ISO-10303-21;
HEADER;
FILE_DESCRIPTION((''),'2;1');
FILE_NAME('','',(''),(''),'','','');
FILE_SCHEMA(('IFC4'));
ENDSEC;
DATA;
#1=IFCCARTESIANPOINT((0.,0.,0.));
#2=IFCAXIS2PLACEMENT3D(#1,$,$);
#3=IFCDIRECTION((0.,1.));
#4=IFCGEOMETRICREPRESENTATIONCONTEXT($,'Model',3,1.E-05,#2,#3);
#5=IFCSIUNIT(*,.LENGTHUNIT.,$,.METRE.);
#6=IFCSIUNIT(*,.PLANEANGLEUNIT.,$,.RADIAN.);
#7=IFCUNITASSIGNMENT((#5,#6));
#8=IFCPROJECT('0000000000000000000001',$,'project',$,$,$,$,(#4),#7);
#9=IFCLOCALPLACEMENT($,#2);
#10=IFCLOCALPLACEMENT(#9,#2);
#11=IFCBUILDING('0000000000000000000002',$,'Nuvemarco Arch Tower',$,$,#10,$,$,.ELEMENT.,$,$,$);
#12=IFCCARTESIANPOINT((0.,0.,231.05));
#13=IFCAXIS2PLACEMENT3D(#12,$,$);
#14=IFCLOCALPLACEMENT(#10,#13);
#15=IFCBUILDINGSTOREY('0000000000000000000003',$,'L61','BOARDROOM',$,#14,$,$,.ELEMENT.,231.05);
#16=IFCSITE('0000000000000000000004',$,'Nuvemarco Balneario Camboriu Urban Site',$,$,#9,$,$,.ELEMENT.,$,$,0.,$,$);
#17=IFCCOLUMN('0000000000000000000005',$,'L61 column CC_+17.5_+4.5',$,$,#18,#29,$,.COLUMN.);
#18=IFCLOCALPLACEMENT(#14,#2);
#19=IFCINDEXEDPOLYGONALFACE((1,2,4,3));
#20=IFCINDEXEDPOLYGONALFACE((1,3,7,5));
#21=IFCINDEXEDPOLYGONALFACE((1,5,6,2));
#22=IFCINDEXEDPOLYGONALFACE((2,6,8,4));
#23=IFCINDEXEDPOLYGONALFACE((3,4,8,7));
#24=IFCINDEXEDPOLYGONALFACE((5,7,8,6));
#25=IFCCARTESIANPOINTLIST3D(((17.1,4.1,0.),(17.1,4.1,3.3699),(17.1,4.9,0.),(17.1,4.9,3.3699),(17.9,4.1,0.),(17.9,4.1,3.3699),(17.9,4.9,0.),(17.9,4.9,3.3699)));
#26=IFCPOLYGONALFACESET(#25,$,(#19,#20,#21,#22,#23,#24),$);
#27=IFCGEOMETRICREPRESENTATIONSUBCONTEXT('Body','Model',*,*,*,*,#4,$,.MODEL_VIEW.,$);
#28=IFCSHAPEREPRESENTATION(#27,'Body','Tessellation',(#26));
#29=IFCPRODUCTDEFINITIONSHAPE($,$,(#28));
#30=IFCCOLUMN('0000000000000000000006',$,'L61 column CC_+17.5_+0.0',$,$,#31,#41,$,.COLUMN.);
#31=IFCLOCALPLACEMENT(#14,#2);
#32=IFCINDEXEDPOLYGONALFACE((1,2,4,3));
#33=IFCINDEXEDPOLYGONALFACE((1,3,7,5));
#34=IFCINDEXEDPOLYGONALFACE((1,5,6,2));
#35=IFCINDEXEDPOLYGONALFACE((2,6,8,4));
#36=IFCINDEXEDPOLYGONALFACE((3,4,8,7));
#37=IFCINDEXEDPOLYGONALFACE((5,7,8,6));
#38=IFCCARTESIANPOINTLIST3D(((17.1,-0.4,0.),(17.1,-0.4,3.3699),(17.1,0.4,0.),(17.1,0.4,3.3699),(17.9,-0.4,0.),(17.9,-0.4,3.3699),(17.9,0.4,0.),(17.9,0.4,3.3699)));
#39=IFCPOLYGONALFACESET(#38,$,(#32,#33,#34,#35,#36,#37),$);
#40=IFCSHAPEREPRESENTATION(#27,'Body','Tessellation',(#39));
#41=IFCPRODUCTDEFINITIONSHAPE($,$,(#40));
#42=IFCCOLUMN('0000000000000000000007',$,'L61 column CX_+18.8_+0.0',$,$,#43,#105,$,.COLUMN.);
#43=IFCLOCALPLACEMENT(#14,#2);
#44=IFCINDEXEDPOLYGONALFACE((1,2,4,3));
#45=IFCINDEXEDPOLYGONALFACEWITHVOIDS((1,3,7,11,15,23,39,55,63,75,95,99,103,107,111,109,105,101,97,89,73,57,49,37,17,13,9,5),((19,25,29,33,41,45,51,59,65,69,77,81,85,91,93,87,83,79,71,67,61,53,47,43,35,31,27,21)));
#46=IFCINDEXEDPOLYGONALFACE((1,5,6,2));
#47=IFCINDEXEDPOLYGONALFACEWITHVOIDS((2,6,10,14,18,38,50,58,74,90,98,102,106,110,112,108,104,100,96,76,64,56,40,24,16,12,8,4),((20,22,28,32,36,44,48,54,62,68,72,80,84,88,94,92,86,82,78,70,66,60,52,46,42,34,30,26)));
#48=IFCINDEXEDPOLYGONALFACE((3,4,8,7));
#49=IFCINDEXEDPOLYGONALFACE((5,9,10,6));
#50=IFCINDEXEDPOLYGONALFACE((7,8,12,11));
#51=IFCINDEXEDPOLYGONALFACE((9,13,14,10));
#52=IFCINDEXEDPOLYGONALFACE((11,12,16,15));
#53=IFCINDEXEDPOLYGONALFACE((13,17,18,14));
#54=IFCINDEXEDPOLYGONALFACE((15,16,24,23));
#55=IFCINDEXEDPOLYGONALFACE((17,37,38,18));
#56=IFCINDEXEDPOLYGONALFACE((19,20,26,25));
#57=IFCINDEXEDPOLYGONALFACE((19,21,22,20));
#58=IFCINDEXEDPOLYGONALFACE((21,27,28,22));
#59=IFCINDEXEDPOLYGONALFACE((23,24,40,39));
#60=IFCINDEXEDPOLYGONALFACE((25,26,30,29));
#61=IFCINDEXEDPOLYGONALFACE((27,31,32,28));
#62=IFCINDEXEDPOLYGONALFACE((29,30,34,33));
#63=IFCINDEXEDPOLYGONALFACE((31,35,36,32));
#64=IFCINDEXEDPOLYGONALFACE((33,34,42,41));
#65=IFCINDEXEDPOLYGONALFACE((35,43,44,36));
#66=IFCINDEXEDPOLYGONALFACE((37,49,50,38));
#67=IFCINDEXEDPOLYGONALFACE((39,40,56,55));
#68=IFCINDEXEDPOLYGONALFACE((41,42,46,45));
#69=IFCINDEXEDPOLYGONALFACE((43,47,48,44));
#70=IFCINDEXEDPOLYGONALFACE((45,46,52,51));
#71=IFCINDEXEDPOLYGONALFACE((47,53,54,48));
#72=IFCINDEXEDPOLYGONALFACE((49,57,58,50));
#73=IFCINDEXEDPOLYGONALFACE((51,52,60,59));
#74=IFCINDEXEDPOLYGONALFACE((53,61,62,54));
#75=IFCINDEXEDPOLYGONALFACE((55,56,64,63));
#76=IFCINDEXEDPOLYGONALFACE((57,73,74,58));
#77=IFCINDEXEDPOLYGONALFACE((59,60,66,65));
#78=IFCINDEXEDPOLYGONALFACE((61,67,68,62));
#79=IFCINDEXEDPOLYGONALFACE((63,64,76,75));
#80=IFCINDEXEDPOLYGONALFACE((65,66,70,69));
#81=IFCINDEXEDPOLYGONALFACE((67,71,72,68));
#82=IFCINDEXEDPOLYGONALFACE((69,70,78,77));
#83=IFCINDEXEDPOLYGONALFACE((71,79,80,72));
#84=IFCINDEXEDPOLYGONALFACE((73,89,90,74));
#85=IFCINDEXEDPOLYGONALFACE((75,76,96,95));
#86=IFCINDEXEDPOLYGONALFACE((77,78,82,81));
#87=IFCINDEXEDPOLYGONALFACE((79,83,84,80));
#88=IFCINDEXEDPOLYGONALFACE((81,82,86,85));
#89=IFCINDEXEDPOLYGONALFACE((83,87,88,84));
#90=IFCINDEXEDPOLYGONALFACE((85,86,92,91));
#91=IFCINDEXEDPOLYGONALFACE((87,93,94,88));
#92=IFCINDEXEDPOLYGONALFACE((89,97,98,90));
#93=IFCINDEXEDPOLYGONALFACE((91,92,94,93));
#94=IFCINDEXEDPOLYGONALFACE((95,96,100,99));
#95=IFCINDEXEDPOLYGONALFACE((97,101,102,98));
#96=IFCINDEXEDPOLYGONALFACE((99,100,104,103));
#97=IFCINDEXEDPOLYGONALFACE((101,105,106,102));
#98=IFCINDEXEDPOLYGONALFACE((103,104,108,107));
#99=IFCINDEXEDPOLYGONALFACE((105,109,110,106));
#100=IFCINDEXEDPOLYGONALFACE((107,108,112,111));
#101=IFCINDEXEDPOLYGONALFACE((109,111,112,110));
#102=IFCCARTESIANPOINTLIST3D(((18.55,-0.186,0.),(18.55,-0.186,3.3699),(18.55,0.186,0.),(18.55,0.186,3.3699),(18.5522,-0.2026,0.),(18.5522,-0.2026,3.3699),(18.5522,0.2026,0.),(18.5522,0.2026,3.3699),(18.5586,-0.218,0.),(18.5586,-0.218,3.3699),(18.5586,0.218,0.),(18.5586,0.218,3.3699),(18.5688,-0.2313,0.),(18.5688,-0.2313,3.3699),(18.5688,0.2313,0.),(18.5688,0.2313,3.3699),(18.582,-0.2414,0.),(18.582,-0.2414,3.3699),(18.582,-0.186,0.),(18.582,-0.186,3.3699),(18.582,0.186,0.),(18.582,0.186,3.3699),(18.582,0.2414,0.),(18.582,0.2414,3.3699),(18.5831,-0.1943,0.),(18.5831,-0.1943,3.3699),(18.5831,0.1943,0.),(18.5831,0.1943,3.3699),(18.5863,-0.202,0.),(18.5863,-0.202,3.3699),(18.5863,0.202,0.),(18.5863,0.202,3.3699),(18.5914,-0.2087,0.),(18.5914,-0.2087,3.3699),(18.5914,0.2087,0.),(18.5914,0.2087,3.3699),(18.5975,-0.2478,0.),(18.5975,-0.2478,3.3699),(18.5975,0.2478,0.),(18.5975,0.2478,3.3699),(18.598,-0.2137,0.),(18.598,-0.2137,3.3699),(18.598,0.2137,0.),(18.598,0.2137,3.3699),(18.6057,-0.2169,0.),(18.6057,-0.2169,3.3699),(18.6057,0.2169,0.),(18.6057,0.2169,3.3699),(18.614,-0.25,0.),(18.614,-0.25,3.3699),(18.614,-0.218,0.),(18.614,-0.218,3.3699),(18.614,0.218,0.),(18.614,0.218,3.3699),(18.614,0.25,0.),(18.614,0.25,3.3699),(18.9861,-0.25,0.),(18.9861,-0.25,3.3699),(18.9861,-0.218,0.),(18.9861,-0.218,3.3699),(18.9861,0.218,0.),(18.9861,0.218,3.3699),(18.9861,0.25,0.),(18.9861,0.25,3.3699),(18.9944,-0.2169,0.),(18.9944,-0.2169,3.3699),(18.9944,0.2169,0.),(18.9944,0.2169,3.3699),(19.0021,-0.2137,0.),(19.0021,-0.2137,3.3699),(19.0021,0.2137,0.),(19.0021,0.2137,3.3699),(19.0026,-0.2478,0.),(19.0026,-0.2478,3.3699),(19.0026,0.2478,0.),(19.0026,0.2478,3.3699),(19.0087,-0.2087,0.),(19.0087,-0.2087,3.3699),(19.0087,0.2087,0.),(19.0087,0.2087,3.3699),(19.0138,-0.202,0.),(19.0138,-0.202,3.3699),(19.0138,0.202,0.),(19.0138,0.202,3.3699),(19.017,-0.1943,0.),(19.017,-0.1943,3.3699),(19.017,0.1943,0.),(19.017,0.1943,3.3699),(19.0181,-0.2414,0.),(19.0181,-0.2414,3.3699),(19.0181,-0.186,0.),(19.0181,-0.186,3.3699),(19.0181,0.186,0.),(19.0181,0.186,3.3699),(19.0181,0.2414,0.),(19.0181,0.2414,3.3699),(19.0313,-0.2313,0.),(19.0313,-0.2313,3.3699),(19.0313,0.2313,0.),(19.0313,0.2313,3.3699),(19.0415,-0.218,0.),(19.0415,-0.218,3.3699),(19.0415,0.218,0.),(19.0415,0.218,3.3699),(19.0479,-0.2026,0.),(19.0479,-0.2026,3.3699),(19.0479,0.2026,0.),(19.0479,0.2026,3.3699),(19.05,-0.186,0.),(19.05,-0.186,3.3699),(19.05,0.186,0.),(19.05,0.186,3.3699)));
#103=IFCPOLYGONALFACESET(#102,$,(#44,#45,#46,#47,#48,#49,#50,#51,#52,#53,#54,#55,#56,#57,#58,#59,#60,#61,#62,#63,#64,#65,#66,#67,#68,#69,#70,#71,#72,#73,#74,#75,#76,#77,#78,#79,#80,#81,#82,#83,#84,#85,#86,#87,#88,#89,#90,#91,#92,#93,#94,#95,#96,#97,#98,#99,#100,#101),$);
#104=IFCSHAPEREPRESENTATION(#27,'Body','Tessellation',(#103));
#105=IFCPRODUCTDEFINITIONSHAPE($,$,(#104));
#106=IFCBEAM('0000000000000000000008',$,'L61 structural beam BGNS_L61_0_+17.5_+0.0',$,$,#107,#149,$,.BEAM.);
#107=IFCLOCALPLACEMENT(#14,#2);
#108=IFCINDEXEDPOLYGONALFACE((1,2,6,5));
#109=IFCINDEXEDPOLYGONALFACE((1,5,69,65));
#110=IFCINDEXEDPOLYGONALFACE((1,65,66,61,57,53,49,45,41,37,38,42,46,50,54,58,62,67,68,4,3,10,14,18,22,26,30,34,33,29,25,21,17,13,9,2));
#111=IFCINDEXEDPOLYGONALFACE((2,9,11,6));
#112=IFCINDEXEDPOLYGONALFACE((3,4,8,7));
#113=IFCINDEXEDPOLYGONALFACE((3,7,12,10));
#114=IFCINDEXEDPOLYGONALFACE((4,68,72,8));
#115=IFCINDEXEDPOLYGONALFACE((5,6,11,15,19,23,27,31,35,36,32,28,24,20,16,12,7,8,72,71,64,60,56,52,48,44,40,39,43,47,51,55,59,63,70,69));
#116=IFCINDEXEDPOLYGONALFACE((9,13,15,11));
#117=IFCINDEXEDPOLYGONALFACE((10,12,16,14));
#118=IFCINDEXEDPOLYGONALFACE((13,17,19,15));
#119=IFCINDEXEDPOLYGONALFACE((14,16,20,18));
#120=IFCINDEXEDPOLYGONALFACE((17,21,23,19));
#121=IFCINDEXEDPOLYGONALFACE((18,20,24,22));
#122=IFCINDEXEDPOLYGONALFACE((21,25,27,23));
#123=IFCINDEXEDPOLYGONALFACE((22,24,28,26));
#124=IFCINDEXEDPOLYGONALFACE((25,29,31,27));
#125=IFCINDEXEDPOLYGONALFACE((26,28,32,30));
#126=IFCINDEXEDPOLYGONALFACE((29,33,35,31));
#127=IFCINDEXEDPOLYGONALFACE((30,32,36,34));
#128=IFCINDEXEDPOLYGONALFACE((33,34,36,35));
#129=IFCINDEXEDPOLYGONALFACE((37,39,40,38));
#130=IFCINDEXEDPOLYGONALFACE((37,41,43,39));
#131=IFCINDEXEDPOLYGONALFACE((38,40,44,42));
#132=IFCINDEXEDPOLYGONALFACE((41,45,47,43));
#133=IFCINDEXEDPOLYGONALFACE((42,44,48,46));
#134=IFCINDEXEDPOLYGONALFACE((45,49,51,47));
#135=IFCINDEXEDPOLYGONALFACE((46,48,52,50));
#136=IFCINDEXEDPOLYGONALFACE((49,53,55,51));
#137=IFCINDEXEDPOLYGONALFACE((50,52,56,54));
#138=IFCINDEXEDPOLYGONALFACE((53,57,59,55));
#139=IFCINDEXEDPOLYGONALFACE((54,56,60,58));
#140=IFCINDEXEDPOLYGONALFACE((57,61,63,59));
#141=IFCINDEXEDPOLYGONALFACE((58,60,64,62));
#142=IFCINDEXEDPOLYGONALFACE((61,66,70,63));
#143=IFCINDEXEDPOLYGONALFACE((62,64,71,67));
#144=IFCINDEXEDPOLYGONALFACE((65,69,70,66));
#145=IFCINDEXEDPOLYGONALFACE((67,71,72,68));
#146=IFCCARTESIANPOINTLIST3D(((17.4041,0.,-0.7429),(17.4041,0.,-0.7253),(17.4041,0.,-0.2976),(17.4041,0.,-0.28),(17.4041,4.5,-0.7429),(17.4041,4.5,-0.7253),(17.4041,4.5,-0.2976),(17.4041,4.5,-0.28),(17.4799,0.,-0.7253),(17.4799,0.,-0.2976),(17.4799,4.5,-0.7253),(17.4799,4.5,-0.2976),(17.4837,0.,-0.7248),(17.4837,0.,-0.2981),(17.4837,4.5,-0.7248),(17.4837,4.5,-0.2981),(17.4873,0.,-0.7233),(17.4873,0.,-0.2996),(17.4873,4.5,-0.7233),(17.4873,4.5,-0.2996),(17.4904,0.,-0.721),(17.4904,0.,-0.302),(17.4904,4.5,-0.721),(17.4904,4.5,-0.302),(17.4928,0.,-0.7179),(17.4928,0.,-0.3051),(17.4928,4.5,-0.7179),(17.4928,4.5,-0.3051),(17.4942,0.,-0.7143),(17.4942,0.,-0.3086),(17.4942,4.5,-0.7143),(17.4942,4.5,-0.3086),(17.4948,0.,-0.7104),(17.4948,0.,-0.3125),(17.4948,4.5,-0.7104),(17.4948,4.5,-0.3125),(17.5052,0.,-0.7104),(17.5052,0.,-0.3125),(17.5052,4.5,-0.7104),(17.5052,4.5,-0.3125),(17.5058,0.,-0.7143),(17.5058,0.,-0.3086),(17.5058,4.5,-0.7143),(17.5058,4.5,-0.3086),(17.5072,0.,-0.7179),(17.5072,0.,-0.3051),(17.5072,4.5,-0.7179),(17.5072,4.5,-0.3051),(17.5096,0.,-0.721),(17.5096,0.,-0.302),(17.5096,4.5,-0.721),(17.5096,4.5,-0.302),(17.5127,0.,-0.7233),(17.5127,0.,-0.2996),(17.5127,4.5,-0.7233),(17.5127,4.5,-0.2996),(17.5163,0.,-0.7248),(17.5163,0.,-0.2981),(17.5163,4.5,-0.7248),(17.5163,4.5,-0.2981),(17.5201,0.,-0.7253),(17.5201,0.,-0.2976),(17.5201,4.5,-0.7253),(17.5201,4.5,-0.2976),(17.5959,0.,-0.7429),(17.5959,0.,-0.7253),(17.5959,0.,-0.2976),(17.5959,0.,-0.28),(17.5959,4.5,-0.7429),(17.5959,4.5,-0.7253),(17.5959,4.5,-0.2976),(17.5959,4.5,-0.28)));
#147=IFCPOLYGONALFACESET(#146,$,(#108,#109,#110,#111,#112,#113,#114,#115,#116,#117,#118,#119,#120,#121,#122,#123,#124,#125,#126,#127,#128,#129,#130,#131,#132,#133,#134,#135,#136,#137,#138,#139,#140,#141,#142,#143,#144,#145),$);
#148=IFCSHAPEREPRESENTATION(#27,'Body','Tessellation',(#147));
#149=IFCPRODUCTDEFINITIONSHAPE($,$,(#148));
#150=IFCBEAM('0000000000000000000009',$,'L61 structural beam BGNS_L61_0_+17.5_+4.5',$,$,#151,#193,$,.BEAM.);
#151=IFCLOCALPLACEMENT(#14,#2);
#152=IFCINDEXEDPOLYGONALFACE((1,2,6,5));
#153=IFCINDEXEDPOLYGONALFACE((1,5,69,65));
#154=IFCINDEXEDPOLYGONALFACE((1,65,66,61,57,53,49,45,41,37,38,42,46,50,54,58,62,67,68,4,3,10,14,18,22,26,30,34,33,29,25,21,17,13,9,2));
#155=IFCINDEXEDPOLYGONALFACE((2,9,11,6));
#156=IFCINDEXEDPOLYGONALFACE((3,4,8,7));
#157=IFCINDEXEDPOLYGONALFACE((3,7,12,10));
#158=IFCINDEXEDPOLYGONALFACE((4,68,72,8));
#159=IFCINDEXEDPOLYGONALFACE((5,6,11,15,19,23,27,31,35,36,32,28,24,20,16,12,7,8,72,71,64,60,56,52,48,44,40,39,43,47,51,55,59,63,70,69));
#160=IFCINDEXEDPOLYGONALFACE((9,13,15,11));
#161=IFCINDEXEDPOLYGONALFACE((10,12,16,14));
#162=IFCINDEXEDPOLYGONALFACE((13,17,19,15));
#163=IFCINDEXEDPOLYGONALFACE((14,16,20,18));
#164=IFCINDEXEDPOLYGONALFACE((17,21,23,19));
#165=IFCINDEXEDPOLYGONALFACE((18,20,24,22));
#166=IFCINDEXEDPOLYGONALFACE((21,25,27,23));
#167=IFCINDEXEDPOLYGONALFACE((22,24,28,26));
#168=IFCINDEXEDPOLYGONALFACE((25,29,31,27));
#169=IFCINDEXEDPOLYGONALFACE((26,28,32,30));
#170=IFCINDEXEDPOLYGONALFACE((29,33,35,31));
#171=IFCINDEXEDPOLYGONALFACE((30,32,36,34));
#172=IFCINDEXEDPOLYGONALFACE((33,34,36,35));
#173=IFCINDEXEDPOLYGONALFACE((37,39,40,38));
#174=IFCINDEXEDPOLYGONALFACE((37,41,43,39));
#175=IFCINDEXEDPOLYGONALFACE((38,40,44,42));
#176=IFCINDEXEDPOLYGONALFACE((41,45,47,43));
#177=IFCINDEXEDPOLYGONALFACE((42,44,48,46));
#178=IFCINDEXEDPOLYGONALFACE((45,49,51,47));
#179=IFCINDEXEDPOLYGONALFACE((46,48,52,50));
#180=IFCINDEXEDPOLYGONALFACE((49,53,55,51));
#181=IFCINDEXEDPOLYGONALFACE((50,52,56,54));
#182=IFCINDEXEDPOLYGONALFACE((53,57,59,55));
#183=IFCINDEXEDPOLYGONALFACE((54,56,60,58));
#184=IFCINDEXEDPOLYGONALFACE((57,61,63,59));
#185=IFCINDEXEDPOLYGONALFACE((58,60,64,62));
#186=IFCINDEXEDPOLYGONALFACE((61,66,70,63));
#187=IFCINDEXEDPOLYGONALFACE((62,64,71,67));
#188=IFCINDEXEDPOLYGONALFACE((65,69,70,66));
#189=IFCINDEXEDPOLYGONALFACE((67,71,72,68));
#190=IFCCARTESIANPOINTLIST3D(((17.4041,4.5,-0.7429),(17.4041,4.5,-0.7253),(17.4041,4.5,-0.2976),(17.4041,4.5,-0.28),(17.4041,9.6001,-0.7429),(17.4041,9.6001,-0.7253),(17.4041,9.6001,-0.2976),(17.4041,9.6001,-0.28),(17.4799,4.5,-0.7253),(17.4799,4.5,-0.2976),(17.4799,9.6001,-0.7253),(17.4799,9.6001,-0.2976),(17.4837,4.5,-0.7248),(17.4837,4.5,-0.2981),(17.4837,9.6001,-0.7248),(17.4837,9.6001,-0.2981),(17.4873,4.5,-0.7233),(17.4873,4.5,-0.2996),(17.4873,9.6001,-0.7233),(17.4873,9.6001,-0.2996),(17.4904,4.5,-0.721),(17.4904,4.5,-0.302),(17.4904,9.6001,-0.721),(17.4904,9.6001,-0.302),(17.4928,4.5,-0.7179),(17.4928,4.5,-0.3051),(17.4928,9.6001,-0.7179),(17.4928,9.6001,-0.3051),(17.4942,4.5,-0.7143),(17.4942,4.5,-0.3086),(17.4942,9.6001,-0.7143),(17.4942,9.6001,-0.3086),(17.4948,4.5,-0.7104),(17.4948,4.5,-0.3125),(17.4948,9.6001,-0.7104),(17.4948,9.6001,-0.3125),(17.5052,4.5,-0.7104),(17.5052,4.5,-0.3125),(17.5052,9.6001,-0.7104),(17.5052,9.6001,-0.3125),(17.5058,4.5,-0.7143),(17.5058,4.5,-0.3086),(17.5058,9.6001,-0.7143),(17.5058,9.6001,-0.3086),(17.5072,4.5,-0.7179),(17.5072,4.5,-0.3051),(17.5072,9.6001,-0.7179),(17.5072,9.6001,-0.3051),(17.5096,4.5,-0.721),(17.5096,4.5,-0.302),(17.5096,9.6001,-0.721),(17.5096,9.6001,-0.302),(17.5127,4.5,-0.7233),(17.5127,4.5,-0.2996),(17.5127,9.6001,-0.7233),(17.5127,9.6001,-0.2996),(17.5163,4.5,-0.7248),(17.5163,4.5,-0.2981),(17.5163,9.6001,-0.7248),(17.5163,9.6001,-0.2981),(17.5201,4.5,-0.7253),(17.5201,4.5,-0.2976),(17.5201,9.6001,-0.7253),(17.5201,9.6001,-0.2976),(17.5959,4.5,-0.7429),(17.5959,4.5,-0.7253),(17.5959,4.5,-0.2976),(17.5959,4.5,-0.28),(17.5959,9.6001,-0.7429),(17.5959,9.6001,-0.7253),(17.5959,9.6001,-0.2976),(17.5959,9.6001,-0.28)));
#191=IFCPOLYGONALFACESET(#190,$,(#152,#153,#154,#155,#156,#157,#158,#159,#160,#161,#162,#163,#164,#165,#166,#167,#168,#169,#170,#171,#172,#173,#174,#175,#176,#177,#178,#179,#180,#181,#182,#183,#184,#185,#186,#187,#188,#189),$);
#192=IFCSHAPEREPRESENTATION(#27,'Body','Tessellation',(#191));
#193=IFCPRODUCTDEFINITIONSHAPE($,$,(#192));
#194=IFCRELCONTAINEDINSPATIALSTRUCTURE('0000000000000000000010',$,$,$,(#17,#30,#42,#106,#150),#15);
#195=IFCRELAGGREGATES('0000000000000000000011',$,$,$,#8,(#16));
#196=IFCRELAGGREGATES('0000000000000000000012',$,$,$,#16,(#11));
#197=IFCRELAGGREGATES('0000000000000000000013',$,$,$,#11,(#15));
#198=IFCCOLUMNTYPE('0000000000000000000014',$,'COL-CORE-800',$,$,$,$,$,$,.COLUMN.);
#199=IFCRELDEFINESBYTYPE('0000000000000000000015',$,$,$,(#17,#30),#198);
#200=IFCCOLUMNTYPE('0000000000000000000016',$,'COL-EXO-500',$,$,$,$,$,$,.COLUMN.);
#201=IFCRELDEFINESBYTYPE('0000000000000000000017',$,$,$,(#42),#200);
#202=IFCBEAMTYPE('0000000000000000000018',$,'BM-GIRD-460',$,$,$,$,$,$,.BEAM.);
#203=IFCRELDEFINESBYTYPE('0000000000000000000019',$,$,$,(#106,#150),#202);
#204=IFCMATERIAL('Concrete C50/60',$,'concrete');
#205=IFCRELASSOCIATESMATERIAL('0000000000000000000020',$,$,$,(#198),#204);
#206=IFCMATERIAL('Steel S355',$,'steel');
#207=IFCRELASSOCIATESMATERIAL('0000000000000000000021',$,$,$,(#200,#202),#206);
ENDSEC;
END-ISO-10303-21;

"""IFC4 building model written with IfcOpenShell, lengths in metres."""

from ifc_helpers import new_model, si_unit, direction, frame, origin, origin_2d, place, context, subcontext, project, spatial, rectangle, hollow_rectangle, i_section, extrude, material, material_profile, profile_set, type_object, element, save


model = new_model("IFC4")

# Units and contexts
model_context = context("Model", 3, precision=1e-05, world=origin(), true_north=direction((0.0, 1.0)))
body_context = subcontext(model_context, "Body", "Model", "MODEL_VIEW")
ifc_project = project(units=[si_unit("LENGTHUNIT", "METRE"), si_unit("PLANEANGLEUNIT", "RADIAN")], contexts=[model_context])

# Site, building, storey
site_placement = place(None, origin())
site = spatial("IfcSite", under=ifc_project, at=site_placement, Name="Nuvemarco Balneario Camboriu Urban Site", CompositionType="ELEMENT", RefElevation=0.0)
building_placement = place(site_placement, origin())
building = spatial("IfcBuilding", under=site, at=building_placement, Name="Nuvemarco Arch Tower", CompositionType="ELEMENT")
storey_placement = place(building_placement, frame((0.0, 0.0, 231.05)))
storey = spatial("IfcBuildingStorey", under=building, at=storey_placement, Name="L61", Description="BOARDROOM", CompositionType="ELEMENT", Elevation=231.05)

# Columns
ifc_material_1 = material(Name="Concrete C50/60", Category="concrete")
ifc_material_profile_1 = material_profile(ifc_material_1, rectangle(XDim=0.8, YDim=0.8, at=origin_2d()), Name="RC-COL-800x800")
ifc_profile_set_1 = profile_set([ifc_material_profile_1], Name="Concrete C50/60")
column_type_1 = type_object("IfcColumnType", Name="COL-CORE-800", PredefinedType="COLUMN", material=ifc_profile_set_1)
for number, where, z_axis, x_axis, name in (
    (1, (17.5, 4.5, 0.0), (0.0, 0.0, 1.0), (1.0, 0.0, 0.0), "L61 column CC_+17.5_+4.5"),
    (2, (17.5, 0.0, 0.0), (0.0, 0.0, 1.0), (1.0, 0.0, 0.0), "L61 column CC_+17.5_+0.0"),
):
    element("IfcColumn", number, at=place(storey_placement, frame(where, z_axis=z_axis, x_axis=x_axis)), inside=storey, type_object=column_type_1, Name=name, PredefinedType="COLUMN", context=body_context, shape_type="SweptSolid", body=[
        extrude(rectangle(XDim=0.8, YDim=0.8, at=origin_2d()), origin(), (0.0, 0.0, 1.0), 3.3699),
    ])
ifc_material_2 = material(Name="Steel S355", Category="steel")
ifc_material_profile_2 = material_profile(ifc_material_2, hollow_rectangle(XDim=0.5, YDim=0.5, WallThickness=0.032, InnerFilletRadius=0.032, OuterFilletRadius=0.064, at=origin_2d()), Name="SHS500x500x32")
ifc_profile_set_2 = profile_set([ifc_material_profile_2], Name="Steel S355")
column_type_2 = type_object("IfcColumnType", Name="COL-EXO-500", PredefinedType="COLUMN", material=ifc_profile_set_2)
column_placement = place(storey_placement, frame((18.8, 0.0, 0.0), z_axis=(0.0, 0.0, 1.0), x_axis=(1.0, 0.0, 0.0)))
element("IfcColumn", 3, at=column_placement, inside=storey, type_object=column_type_2, Name="L61 column CX_+18.8_+0.0", PredefinedType="COLUMN", context=body_context, shape_type="SweptSolid", body=[
    extrude(hollow_rectangle(XDim=0.5, YDim=0.5, WallThickness=0.032, InnerFilletRadius=0.032, OuterFilletRadius=0.064, at=origin_2d()), origin(), (0.0, 0.0, 1.0), 3.3699),
])

# Beams
ifc_material_profile_3 = material_profile(ifc_material_2, i_section(OverallWidth=0.1919, OverallDepth=0.4629, WebThickness=0.0105, FlangeThickness=0.0176, FilletRadius=0.0149, at=origin_2d()), Name="W460x89")
ifc_profile_set_3 = profile_set([ifc_material_profile_3], Name="Steel S355")
beam_type_1 = type_object("IfcBeamType", Name="BM-GIRD-460", PredefinedType="BEAM", material=ifc_profile_set_3)
beam_1_placement = place(storey_placement, frame((17.5, 0.0, -0.5115), z_axis=(0.0, 1.0, 0.0), x_axis=(-1.0, 0.0, 0.0)))
element("IfcBeam", 4, at=beam_1_placement, inside=storey, type_object=beam_type_1, Name="L61 structural beam BGNS_L61_0_+17.5_+0.0", PredefinedType="BEAM", context=body_context, shape_type="SweptSolid", body=[
    extrude(i_section(OverallWidth=0.1919, OverallDepth=0.4629, WebThickness=0.0105, FlangeThickness=0.0176, FilletRadius=0.0149, at=origin_2d()), origin(), (0.0, 0.0, 1.0), 4.5),
])
beam_2_placement = place(storey_placement, frame((17.5, 4.5, -0.5115), z_axis=(0.0, 1.0, 0.0), x_axis=(-1.0, 0.0, 0.0)))
element("IfcBeam", 5, at=beam_2_placement, inside=storey, type_object=beam_type_1, Name="L61 structural beam BGNS_L61_0_+17.5_+4.5", PredefinedType="BEAM", context=body_context, shape_type="SweptSolid", body=[
    extrude(i_section(OverallWidth=0.1919, OverallDepth=0.4629, WebThickness=0.0105, FlangeThickness=0.0176, FilletRadius=0.0149, at=origin_2d()), origin(), (0.0, 0.0, 1.0), 5.1001),
])

save(model, "model.ifc")
